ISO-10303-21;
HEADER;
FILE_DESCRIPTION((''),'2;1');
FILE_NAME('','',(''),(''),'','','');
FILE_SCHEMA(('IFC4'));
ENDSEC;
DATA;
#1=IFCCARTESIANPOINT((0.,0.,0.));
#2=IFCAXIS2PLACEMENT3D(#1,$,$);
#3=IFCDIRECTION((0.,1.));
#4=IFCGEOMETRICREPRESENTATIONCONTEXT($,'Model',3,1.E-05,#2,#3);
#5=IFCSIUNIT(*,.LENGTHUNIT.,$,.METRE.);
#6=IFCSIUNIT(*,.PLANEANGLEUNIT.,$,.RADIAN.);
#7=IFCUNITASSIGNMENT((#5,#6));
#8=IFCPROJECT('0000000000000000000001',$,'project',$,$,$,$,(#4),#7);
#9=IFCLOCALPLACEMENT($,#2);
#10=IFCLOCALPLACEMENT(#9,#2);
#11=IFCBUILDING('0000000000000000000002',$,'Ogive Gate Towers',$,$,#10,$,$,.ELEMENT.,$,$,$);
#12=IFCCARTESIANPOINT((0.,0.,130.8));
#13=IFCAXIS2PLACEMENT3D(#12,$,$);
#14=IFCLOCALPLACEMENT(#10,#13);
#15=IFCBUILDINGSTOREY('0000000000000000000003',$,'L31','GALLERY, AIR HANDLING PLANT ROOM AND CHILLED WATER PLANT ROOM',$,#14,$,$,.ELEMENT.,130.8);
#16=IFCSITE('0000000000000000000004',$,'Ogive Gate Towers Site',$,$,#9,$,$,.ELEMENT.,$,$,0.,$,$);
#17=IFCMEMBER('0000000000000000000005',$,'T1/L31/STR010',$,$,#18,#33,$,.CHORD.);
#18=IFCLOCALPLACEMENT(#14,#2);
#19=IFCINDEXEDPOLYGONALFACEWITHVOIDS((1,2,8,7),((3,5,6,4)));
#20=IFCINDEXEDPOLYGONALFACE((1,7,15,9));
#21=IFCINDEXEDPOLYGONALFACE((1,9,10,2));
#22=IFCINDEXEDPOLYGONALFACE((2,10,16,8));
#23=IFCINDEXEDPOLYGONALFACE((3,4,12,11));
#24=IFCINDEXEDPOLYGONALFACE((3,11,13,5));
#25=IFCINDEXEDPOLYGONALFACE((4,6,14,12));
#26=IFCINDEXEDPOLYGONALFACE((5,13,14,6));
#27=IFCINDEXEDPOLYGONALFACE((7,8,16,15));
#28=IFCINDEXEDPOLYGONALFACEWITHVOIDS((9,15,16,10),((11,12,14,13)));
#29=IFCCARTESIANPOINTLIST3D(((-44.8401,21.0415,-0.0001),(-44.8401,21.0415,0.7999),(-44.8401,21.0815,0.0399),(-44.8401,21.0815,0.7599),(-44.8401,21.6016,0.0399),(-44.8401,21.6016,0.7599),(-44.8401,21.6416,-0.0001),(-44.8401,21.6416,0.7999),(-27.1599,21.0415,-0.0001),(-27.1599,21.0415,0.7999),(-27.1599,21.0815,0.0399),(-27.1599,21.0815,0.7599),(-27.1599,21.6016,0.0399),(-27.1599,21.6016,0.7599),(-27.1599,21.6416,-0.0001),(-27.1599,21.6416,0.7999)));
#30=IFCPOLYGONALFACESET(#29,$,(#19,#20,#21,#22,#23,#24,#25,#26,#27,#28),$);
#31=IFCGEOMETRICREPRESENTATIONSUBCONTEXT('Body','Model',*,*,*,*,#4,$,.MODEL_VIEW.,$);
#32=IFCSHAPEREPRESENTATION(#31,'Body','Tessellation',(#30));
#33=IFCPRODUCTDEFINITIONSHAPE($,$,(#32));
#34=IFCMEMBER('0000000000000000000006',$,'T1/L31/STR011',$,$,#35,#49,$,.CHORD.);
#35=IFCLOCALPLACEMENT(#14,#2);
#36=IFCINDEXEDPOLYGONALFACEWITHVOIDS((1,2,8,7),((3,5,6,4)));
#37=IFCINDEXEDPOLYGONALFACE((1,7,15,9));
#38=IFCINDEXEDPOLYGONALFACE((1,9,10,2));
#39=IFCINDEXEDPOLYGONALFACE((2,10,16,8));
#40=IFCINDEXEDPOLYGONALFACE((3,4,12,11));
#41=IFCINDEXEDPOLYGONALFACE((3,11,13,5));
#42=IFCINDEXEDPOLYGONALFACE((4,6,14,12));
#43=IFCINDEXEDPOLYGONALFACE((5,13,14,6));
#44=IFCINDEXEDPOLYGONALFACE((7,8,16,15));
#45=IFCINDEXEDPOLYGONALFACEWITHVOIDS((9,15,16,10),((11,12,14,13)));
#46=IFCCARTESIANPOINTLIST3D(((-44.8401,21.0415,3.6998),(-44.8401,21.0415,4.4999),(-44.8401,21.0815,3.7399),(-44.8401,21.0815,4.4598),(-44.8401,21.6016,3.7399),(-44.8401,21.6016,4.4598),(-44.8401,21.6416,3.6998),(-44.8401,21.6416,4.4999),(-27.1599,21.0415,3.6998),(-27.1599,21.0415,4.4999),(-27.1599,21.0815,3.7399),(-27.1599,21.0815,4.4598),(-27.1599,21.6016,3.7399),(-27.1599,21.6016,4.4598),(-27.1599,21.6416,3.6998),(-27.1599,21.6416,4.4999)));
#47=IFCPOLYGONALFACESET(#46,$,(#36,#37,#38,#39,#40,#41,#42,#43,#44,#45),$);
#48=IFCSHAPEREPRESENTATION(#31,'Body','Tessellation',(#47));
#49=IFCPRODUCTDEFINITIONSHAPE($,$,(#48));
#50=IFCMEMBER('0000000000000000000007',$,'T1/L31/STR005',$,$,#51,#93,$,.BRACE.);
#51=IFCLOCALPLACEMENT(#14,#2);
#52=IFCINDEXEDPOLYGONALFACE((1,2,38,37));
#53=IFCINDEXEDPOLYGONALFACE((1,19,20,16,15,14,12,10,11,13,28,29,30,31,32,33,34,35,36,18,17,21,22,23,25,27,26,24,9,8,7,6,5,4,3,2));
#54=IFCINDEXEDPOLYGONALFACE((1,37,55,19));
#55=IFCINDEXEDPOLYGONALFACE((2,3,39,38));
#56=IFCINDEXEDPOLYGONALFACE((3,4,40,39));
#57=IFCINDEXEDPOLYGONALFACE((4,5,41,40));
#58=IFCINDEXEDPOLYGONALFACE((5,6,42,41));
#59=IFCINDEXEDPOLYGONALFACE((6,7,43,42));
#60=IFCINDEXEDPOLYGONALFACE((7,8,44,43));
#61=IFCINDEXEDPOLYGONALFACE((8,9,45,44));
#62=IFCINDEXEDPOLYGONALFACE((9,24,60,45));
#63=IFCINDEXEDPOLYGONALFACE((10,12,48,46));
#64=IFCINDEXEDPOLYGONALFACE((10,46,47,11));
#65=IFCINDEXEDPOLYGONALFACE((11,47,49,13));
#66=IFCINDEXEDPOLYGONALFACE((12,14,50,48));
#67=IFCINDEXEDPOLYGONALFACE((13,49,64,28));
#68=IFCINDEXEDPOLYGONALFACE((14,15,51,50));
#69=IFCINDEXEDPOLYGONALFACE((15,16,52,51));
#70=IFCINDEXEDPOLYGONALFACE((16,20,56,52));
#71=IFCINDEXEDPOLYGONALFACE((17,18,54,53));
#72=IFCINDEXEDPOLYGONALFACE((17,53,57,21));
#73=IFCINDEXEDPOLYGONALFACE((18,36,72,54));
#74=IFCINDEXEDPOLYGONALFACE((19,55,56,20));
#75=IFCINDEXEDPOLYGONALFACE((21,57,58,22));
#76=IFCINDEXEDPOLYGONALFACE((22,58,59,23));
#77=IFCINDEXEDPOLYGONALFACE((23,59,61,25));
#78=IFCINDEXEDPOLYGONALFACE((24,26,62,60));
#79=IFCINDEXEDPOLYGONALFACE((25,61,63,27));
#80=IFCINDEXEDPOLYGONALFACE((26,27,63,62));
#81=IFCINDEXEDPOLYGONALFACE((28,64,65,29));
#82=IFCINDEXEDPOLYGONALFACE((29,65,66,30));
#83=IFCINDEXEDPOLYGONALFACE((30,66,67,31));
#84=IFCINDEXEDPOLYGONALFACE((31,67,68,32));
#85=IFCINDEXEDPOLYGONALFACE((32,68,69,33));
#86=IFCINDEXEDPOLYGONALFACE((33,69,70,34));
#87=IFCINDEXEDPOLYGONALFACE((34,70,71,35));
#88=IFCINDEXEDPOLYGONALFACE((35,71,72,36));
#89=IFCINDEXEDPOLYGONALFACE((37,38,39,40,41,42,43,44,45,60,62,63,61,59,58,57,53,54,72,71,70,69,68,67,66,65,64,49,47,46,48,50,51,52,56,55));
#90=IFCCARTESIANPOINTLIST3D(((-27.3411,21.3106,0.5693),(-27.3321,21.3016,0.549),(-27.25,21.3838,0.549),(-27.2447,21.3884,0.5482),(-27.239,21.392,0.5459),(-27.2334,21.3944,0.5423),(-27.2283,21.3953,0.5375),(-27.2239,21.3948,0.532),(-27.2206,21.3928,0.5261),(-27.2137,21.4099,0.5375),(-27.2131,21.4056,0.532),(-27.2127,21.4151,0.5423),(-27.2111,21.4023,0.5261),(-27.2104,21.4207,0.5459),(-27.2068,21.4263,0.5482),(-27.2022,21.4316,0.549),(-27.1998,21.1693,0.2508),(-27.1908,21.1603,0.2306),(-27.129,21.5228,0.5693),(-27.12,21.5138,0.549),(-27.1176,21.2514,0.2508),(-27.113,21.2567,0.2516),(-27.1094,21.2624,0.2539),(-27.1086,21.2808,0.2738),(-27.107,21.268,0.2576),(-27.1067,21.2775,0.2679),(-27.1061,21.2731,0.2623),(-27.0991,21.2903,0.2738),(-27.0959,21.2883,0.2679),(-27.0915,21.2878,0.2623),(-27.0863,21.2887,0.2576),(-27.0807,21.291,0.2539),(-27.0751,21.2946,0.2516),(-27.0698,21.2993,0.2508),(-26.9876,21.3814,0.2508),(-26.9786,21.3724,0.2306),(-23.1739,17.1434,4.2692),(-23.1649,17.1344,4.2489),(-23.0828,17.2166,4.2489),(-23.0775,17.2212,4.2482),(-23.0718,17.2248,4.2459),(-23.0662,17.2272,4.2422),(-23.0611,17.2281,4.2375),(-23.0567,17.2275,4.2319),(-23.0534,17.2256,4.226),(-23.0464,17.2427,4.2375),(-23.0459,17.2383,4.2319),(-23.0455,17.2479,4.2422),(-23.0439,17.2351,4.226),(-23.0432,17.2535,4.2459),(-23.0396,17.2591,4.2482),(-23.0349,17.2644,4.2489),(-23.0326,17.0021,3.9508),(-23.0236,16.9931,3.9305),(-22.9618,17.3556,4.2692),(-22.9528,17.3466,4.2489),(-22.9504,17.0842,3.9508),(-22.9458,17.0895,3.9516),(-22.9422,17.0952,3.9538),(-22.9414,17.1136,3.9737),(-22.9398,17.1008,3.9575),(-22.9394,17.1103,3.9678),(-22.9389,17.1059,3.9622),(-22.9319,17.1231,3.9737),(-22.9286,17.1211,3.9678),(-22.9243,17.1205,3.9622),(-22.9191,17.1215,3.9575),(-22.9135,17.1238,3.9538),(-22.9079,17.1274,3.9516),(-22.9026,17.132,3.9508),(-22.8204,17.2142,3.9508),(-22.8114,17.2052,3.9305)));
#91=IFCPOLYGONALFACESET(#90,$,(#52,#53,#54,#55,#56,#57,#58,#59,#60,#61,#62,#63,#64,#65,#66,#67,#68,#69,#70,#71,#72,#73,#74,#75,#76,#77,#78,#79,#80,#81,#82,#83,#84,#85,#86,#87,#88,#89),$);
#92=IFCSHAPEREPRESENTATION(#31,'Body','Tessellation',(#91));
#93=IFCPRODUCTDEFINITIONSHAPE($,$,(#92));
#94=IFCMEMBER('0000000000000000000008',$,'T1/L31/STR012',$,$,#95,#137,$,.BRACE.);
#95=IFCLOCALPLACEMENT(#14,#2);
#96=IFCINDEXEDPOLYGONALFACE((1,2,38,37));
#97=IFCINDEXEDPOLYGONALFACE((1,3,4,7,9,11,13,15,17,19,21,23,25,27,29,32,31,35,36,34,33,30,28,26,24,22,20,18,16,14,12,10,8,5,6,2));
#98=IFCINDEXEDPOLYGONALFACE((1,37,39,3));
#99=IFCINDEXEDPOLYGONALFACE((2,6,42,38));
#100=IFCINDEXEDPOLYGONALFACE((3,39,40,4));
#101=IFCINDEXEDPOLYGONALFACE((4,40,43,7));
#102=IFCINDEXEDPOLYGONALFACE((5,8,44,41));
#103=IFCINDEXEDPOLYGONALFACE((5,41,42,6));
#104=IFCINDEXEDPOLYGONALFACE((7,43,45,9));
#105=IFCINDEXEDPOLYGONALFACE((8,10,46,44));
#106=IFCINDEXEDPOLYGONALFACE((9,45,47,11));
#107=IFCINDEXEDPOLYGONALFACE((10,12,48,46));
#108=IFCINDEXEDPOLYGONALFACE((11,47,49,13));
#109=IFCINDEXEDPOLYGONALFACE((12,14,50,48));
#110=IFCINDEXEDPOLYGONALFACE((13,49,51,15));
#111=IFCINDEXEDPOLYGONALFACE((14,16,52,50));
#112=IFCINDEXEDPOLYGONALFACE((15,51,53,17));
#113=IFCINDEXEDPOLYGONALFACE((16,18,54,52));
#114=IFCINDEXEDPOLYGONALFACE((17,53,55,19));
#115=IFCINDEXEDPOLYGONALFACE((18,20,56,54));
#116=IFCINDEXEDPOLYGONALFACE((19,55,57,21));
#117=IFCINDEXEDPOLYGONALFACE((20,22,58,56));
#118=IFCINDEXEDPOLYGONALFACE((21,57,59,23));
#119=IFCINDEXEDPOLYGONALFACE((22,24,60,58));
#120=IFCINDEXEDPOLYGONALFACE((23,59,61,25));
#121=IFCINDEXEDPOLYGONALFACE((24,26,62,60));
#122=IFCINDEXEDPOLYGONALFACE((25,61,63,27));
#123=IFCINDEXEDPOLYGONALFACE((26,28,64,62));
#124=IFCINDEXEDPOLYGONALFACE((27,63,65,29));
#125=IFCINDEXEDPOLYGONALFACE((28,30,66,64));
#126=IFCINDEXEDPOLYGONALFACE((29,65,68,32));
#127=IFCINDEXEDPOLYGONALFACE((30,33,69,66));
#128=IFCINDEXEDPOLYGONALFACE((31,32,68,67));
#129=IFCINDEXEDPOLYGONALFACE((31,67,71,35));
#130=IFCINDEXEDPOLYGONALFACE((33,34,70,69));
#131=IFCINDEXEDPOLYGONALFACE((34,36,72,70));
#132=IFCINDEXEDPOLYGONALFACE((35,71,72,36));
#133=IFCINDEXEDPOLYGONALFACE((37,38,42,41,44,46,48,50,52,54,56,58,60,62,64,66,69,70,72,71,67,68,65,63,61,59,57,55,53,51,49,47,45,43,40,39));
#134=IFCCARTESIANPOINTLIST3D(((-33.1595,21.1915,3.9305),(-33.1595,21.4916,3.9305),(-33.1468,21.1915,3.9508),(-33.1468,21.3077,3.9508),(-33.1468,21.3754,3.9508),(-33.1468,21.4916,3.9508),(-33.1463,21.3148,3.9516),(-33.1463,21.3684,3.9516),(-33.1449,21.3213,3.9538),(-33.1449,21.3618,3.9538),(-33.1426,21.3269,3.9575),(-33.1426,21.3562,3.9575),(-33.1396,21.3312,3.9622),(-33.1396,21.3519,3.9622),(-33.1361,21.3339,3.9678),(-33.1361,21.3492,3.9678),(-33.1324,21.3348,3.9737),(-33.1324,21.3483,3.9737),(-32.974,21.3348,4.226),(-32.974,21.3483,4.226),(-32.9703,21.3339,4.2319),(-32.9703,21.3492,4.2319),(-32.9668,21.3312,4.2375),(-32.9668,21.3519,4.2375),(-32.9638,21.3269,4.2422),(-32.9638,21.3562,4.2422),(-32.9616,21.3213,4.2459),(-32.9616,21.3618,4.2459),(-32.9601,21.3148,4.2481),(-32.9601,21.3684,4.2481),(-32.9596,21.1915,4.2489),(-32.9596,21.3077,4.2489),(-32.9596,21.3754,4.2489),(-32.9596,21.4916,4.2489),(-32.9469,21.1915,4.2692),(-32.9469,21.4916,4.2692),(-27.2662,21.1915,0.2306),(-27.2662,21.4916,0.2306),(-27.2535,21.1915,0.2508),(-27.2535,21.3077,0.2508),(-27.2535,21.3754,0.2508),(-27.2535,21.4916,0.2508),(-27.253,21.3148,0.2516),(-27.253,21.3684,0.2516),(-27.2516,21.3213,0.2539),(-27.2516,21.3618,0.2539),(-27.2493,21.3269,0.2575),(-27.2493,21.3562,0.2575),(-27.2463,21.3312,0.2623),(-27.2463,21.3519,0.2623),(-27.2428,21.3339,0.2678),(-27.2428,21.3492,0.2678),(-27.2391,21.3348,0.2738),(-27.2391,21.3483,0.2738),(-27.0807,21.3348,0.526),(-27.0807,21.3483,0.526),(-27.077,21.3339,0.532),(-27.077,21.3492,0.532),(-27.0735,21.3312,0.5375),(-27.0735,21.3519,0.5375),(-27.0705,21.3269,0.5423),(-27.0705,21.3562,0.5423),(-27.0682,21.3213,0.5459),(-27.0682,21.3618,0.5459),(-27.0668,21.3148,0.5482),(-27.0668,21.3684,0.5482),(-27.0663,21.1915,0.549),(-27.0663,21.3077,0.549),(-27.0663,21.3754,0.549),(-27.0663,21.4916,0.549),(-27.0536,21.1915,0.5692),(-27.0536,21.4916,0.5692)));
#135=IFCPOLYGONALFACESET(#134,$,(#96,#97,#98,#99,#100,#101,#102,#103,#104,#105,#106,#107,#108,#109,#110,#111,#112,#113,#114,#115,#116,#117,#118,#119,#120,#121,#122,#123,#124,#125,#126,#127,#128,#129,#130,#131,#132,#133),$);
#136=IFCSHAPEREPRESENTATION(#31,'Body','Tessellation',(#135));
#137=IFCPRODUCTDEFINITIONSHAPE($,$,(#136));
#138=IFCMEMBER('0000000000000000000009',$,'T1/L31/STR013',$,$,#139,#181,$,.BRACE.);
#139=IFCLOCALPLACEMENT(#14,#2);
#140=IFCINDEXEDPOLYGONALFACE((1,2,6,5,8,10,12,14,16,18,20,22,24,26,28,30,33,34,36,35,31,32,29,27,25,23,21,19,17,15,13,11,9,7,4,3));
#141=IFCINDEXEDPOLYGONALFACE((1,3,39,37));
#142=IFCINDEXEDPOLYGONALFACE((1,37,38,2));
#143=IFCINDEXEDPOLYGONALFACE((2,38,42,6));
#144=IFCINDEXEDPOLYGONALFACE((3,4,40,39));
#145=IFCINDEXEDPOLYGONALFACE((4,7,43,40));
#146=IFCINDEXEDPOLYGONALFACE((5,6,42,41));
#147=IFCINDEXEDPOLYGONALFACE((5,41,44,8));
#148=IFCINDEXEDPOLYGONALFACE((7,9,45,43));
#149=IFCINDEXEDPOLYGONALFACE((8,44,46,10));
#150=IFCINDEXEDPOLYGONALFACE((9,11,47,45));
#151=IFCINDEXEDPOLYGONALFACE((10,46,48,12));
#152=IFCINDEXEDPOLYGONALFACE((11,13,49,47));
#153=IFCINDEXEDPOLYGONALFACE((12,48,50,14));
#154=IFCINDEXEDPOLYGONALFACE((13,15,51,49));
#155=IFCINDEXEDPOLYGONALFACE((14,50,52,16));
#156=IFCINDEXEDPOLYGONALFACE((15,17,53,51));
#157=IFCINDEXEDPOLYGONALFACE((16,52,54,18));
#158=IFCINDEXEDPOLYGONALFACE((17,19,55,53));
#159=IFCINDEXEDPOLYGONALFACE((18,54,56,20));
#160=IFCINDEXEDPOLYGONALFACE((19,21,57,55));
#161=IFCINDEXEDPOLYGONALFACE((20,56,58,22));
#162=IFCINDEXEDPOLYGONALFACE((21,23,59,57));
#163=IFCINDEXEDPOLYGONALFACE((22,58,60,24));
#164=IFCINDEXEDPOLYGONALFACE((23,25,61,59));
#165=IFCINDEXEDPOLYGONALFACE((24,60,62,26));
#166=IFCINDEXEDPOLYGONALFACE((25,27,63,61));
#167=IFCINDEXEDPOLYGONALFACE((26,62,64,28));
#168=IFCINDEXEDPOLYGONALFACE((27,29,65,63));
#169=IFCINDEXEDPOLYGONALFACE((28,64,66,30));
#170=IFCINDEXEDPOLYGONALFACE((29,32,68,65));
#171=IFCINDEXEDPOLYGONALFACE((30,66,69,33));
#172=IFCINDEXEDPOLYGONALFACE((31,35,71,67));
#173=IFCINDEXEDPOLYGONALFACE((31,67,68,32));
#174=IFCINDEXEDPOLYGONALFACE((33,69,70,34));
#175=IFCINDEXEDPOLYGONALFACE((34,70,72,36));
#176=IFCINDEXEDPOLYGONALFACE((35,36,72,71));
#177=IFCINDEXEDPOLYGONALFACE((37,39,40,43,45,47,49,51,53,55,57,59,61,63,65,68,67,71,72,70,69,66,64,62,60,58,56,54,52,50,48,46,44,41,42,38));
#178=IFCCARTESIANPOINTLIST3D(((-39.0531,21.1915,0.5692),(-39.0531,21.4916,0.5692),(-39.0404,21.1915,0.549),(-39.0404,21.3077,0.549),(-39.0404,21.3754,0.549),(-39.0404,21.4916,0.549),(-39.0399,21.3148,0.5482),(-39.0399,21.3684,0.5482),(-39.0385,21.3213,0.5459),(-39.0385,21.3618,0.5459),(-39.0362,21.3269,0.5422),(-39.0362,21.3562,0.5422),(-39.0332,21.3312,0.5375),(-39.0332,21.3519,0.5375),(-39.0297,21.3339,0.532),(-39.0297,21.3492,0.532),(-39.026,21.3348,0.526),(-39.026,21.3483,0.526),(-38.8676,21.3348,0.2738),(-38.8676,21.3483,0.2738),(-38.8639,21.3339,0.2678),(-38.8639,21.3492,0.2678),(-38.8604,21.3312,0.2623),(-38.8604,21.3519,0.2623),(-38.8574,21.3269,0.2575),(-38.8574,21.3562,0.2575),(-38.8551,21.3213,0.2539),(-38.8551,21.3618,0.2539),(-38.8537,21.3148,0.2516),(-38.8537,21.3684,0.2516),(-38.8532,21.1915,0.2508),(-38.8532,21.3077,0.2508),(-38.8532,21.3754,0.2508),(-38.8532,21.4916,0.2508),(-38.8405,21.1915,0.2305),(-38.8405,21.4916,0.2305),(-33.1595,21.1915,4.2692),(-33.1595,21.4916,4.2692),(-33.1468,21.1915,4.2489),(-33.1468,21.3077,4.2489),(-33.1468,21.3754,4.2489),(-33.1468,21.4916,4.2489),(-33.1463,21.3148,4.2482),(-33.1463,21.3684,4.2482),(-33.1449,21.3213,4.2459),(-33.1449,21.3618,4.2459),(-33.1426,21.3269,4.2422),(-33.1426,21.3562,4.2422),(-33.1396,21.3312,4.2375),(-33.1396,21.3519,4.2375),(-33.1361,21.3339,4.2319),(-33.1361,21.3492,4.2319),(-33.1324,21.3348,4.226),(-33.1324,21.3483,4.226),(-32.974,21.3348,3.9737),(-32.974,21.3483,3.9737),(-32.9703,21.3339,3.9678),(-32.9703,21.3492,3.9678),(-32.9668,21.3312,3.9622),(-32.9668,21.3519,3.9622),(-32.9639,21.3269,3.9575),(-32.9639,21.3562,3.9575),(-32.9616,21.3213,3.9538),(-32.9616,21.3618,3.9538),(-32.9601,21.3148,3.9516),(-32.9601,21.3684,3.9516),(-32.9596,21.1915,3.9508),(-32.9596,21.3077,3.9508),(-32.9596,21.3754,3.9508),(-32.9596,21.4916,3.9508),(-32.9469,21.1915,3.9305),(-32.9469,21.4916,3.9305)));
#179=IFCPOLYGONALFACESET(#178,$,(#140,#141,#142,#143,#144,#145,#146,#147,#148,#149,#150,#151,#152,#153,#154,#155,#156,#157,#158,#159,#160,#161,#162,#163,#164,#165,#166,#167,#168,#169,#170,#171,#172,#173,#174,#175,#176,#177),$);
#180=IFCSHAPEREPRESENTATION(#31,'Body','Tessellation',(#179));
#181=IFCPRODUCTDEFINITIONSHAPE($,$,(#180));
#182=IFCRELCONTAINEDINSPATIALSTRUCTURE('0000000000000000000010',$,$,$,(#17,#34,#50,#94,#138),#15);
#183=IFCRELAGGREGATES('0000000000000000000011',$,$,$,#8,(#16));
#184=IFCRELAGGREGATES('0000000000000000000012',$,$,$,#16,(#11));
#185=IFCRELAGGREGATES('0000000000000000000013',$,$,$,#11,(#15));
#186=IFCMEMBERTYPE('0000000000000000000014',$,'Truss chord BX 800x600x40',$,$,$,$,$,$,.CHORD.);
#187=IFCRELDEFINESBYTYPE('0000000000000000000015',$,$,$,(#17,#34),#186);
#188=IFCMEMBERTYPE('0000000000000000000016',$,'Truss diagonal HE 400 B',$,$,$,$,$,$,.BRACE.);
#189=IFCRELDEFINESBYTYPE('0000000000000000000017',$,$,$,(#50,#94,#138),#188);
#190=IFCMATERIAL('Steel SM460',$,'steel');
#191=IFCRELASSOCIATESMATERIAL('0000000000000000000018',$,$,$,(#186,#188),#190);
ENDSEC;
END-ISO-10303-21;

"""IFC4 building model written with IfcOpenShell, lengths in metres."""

from ifc_helpers import new_model, si_unit, direction, frame, origin, origin_2d, place, context, subcontext, project, spatial, hollow_rectangle, i_section, extrude, material, material_profile, profile_set, type_object, element, save


model = new_model("IFC4")

# Units and contexts
model_context = context("Model", 3, precision=1e-05, world=origin(), true_north=direction((0.0, 1.0)))
body_context = subcontext(model_context, "Body", "Model", "MODEL_VIEW")
ifc_project = project(units=[si_unit("LENGTHUNIT", "METRE"), si_unit("PLANEANGLEUNIT", "RADIAN")], contexts=[model_context])

# Site, building, storey
site_placement = place(None, origin())
site = spatial("IfcSite", under=ifc_project, at=site_placement, Name="Ogive Gate Towers Site", CompositionType="ELEMENT", RefElevation=0.0)
building_placement = place(site_placement, origin())
building = spatial("IfcBuilding", under=site, at=building_placement, Name="Ogive Gate Towers", CompositionType="ELEMENT")
storey_placement = place(building_placement, frame((0.0, 0.0, 130.8)))
storey = spatial("IfcBuildingStorey", under=building, at=storey_placement, Name="L31", Description="GALLERY, AIR HANDLING PLANT ROOM AND CHILLED WATER PLANT ROOM", CompositionType="ELEMENT", Elevation=130.8)

# Shared definitions
ifc_material_1 = material(Name="Steel SM460", Category="steel")

# Members
ifc_material_profile_1 = material_profile(ifc_material_1, hollow_rectangle(XDim=0.6001, YDim=0.8, WallThickness=0.04, at=origin_2d()), Name="BX 800x600x40")
ifc_profile_set_1 = profile_set([ifc_material_profile_1], Name="Steel SM460")
member_type_1 = type_object("IfcMemberType", Name="Truss chord BX 800x600x40", PredefinedType="CHORD", material=ifc_profile_set_1)
for number, where, z_axis, x_axis, name in (
    (1, (-27.1599, 21.3416, 0.3999), (-1.0, 0.0, 0.0), (0.0, -1.0, 0.0), "T1/L31/STR010"),
    (2, (-27.1599, 21.3416, 4.0999), (-1.0, 0.0, 0.0), (0.0, -1.0, 0.0), "T1/L31/STR011"),
):
    element("IfcMember", number, at=place(storey_placement, frame(where, z_axis=z_axis, x_axis=x_axis)), inside=storey, type_object=member_type_1, Name=name, PredefinedType="CHORD", context=body_context, shape_type="SweptSolid", body=[
        extrude(hollow_rectangle(XDim=0.6001, YDim=0.8, WallThickness=0.04, at=origin_2d()), origin(), (0.0, 0.0, 1.0), 17.6802),
    ])
ifc_material_profile_2 = material_profile(ifc_material_1, i_section(OverallWidth=0.3, OverallDepth=0.3999, WebThickness=0.0134, FlangeThickness=0.0239, FilletRadius=0.0271, at=origin_2d()), Name="HE 400 B")
ifc_profile_set_2 = profile_set([ifc_material_profile_2], Name="Steel SM460")
member_type_2 = type_object("IfcMemberType", Name="Truss diagonal HE 400 B", PredefinedType="BRACE", material=ifc_profile_set_2)
for number, where, z_axis, x_axis, name in (
    (3, (-22.9927, 17.1743, 4.0999), (-0.598866, 0.598866, -0.531713), (-0.707107, -0.707107, 0.0), "T1/L31/STR005"),
    (4, (-27.1599, 21.3416, 0.3999), (-0.846922, 0.0, 0.531717), (0.0, -1.0, 0.0), "T1/L31/STR012"),
):
    element("IfcMember", number, at=place(storey_placement, frame(where, z_axis=z_axis, x_axis=x_axis)), inside=storey, type_object=member_type_2, Name=name, PredefinedType="BRACE", context=body_context, shape_type="SweptSolid", body=[
        extrude(i_section(OverallWidth=0.3, OverallDepth=0.3999, WebThickness=0.0134, FlangeThickness=0.0239, FilletRadius=0.0271, at=origin_2d()), origin(), (0.0, 0.0, 1.0), 6.9585),
    ])
member_1_placement = place(storey_placement, frame((-33.0532, 21.3416, 4.0999), z_axis=(-0.846932, 0.0, -0.531701), x_axis=(0.0, -1.0, 0.0)))
element("IfcMember", 5, at=member_1_placement, inside=storey, type_object=member_type_2, Name="T1/L31/STR013", PredefinedType="BRACE", context=body_context, shape_type="SweptSolid", body=[
    extrude(i_section(OverallWidth=0.3, OverallDepth=0.3999, WebThickness=0.0134, FlangeThickness=0.0239, FilletRadius=0.0271, at=origin_2d()), origin(), (0.0, 0.0, 1.0), 6.9587),
])

save(model, "model.ifc")
